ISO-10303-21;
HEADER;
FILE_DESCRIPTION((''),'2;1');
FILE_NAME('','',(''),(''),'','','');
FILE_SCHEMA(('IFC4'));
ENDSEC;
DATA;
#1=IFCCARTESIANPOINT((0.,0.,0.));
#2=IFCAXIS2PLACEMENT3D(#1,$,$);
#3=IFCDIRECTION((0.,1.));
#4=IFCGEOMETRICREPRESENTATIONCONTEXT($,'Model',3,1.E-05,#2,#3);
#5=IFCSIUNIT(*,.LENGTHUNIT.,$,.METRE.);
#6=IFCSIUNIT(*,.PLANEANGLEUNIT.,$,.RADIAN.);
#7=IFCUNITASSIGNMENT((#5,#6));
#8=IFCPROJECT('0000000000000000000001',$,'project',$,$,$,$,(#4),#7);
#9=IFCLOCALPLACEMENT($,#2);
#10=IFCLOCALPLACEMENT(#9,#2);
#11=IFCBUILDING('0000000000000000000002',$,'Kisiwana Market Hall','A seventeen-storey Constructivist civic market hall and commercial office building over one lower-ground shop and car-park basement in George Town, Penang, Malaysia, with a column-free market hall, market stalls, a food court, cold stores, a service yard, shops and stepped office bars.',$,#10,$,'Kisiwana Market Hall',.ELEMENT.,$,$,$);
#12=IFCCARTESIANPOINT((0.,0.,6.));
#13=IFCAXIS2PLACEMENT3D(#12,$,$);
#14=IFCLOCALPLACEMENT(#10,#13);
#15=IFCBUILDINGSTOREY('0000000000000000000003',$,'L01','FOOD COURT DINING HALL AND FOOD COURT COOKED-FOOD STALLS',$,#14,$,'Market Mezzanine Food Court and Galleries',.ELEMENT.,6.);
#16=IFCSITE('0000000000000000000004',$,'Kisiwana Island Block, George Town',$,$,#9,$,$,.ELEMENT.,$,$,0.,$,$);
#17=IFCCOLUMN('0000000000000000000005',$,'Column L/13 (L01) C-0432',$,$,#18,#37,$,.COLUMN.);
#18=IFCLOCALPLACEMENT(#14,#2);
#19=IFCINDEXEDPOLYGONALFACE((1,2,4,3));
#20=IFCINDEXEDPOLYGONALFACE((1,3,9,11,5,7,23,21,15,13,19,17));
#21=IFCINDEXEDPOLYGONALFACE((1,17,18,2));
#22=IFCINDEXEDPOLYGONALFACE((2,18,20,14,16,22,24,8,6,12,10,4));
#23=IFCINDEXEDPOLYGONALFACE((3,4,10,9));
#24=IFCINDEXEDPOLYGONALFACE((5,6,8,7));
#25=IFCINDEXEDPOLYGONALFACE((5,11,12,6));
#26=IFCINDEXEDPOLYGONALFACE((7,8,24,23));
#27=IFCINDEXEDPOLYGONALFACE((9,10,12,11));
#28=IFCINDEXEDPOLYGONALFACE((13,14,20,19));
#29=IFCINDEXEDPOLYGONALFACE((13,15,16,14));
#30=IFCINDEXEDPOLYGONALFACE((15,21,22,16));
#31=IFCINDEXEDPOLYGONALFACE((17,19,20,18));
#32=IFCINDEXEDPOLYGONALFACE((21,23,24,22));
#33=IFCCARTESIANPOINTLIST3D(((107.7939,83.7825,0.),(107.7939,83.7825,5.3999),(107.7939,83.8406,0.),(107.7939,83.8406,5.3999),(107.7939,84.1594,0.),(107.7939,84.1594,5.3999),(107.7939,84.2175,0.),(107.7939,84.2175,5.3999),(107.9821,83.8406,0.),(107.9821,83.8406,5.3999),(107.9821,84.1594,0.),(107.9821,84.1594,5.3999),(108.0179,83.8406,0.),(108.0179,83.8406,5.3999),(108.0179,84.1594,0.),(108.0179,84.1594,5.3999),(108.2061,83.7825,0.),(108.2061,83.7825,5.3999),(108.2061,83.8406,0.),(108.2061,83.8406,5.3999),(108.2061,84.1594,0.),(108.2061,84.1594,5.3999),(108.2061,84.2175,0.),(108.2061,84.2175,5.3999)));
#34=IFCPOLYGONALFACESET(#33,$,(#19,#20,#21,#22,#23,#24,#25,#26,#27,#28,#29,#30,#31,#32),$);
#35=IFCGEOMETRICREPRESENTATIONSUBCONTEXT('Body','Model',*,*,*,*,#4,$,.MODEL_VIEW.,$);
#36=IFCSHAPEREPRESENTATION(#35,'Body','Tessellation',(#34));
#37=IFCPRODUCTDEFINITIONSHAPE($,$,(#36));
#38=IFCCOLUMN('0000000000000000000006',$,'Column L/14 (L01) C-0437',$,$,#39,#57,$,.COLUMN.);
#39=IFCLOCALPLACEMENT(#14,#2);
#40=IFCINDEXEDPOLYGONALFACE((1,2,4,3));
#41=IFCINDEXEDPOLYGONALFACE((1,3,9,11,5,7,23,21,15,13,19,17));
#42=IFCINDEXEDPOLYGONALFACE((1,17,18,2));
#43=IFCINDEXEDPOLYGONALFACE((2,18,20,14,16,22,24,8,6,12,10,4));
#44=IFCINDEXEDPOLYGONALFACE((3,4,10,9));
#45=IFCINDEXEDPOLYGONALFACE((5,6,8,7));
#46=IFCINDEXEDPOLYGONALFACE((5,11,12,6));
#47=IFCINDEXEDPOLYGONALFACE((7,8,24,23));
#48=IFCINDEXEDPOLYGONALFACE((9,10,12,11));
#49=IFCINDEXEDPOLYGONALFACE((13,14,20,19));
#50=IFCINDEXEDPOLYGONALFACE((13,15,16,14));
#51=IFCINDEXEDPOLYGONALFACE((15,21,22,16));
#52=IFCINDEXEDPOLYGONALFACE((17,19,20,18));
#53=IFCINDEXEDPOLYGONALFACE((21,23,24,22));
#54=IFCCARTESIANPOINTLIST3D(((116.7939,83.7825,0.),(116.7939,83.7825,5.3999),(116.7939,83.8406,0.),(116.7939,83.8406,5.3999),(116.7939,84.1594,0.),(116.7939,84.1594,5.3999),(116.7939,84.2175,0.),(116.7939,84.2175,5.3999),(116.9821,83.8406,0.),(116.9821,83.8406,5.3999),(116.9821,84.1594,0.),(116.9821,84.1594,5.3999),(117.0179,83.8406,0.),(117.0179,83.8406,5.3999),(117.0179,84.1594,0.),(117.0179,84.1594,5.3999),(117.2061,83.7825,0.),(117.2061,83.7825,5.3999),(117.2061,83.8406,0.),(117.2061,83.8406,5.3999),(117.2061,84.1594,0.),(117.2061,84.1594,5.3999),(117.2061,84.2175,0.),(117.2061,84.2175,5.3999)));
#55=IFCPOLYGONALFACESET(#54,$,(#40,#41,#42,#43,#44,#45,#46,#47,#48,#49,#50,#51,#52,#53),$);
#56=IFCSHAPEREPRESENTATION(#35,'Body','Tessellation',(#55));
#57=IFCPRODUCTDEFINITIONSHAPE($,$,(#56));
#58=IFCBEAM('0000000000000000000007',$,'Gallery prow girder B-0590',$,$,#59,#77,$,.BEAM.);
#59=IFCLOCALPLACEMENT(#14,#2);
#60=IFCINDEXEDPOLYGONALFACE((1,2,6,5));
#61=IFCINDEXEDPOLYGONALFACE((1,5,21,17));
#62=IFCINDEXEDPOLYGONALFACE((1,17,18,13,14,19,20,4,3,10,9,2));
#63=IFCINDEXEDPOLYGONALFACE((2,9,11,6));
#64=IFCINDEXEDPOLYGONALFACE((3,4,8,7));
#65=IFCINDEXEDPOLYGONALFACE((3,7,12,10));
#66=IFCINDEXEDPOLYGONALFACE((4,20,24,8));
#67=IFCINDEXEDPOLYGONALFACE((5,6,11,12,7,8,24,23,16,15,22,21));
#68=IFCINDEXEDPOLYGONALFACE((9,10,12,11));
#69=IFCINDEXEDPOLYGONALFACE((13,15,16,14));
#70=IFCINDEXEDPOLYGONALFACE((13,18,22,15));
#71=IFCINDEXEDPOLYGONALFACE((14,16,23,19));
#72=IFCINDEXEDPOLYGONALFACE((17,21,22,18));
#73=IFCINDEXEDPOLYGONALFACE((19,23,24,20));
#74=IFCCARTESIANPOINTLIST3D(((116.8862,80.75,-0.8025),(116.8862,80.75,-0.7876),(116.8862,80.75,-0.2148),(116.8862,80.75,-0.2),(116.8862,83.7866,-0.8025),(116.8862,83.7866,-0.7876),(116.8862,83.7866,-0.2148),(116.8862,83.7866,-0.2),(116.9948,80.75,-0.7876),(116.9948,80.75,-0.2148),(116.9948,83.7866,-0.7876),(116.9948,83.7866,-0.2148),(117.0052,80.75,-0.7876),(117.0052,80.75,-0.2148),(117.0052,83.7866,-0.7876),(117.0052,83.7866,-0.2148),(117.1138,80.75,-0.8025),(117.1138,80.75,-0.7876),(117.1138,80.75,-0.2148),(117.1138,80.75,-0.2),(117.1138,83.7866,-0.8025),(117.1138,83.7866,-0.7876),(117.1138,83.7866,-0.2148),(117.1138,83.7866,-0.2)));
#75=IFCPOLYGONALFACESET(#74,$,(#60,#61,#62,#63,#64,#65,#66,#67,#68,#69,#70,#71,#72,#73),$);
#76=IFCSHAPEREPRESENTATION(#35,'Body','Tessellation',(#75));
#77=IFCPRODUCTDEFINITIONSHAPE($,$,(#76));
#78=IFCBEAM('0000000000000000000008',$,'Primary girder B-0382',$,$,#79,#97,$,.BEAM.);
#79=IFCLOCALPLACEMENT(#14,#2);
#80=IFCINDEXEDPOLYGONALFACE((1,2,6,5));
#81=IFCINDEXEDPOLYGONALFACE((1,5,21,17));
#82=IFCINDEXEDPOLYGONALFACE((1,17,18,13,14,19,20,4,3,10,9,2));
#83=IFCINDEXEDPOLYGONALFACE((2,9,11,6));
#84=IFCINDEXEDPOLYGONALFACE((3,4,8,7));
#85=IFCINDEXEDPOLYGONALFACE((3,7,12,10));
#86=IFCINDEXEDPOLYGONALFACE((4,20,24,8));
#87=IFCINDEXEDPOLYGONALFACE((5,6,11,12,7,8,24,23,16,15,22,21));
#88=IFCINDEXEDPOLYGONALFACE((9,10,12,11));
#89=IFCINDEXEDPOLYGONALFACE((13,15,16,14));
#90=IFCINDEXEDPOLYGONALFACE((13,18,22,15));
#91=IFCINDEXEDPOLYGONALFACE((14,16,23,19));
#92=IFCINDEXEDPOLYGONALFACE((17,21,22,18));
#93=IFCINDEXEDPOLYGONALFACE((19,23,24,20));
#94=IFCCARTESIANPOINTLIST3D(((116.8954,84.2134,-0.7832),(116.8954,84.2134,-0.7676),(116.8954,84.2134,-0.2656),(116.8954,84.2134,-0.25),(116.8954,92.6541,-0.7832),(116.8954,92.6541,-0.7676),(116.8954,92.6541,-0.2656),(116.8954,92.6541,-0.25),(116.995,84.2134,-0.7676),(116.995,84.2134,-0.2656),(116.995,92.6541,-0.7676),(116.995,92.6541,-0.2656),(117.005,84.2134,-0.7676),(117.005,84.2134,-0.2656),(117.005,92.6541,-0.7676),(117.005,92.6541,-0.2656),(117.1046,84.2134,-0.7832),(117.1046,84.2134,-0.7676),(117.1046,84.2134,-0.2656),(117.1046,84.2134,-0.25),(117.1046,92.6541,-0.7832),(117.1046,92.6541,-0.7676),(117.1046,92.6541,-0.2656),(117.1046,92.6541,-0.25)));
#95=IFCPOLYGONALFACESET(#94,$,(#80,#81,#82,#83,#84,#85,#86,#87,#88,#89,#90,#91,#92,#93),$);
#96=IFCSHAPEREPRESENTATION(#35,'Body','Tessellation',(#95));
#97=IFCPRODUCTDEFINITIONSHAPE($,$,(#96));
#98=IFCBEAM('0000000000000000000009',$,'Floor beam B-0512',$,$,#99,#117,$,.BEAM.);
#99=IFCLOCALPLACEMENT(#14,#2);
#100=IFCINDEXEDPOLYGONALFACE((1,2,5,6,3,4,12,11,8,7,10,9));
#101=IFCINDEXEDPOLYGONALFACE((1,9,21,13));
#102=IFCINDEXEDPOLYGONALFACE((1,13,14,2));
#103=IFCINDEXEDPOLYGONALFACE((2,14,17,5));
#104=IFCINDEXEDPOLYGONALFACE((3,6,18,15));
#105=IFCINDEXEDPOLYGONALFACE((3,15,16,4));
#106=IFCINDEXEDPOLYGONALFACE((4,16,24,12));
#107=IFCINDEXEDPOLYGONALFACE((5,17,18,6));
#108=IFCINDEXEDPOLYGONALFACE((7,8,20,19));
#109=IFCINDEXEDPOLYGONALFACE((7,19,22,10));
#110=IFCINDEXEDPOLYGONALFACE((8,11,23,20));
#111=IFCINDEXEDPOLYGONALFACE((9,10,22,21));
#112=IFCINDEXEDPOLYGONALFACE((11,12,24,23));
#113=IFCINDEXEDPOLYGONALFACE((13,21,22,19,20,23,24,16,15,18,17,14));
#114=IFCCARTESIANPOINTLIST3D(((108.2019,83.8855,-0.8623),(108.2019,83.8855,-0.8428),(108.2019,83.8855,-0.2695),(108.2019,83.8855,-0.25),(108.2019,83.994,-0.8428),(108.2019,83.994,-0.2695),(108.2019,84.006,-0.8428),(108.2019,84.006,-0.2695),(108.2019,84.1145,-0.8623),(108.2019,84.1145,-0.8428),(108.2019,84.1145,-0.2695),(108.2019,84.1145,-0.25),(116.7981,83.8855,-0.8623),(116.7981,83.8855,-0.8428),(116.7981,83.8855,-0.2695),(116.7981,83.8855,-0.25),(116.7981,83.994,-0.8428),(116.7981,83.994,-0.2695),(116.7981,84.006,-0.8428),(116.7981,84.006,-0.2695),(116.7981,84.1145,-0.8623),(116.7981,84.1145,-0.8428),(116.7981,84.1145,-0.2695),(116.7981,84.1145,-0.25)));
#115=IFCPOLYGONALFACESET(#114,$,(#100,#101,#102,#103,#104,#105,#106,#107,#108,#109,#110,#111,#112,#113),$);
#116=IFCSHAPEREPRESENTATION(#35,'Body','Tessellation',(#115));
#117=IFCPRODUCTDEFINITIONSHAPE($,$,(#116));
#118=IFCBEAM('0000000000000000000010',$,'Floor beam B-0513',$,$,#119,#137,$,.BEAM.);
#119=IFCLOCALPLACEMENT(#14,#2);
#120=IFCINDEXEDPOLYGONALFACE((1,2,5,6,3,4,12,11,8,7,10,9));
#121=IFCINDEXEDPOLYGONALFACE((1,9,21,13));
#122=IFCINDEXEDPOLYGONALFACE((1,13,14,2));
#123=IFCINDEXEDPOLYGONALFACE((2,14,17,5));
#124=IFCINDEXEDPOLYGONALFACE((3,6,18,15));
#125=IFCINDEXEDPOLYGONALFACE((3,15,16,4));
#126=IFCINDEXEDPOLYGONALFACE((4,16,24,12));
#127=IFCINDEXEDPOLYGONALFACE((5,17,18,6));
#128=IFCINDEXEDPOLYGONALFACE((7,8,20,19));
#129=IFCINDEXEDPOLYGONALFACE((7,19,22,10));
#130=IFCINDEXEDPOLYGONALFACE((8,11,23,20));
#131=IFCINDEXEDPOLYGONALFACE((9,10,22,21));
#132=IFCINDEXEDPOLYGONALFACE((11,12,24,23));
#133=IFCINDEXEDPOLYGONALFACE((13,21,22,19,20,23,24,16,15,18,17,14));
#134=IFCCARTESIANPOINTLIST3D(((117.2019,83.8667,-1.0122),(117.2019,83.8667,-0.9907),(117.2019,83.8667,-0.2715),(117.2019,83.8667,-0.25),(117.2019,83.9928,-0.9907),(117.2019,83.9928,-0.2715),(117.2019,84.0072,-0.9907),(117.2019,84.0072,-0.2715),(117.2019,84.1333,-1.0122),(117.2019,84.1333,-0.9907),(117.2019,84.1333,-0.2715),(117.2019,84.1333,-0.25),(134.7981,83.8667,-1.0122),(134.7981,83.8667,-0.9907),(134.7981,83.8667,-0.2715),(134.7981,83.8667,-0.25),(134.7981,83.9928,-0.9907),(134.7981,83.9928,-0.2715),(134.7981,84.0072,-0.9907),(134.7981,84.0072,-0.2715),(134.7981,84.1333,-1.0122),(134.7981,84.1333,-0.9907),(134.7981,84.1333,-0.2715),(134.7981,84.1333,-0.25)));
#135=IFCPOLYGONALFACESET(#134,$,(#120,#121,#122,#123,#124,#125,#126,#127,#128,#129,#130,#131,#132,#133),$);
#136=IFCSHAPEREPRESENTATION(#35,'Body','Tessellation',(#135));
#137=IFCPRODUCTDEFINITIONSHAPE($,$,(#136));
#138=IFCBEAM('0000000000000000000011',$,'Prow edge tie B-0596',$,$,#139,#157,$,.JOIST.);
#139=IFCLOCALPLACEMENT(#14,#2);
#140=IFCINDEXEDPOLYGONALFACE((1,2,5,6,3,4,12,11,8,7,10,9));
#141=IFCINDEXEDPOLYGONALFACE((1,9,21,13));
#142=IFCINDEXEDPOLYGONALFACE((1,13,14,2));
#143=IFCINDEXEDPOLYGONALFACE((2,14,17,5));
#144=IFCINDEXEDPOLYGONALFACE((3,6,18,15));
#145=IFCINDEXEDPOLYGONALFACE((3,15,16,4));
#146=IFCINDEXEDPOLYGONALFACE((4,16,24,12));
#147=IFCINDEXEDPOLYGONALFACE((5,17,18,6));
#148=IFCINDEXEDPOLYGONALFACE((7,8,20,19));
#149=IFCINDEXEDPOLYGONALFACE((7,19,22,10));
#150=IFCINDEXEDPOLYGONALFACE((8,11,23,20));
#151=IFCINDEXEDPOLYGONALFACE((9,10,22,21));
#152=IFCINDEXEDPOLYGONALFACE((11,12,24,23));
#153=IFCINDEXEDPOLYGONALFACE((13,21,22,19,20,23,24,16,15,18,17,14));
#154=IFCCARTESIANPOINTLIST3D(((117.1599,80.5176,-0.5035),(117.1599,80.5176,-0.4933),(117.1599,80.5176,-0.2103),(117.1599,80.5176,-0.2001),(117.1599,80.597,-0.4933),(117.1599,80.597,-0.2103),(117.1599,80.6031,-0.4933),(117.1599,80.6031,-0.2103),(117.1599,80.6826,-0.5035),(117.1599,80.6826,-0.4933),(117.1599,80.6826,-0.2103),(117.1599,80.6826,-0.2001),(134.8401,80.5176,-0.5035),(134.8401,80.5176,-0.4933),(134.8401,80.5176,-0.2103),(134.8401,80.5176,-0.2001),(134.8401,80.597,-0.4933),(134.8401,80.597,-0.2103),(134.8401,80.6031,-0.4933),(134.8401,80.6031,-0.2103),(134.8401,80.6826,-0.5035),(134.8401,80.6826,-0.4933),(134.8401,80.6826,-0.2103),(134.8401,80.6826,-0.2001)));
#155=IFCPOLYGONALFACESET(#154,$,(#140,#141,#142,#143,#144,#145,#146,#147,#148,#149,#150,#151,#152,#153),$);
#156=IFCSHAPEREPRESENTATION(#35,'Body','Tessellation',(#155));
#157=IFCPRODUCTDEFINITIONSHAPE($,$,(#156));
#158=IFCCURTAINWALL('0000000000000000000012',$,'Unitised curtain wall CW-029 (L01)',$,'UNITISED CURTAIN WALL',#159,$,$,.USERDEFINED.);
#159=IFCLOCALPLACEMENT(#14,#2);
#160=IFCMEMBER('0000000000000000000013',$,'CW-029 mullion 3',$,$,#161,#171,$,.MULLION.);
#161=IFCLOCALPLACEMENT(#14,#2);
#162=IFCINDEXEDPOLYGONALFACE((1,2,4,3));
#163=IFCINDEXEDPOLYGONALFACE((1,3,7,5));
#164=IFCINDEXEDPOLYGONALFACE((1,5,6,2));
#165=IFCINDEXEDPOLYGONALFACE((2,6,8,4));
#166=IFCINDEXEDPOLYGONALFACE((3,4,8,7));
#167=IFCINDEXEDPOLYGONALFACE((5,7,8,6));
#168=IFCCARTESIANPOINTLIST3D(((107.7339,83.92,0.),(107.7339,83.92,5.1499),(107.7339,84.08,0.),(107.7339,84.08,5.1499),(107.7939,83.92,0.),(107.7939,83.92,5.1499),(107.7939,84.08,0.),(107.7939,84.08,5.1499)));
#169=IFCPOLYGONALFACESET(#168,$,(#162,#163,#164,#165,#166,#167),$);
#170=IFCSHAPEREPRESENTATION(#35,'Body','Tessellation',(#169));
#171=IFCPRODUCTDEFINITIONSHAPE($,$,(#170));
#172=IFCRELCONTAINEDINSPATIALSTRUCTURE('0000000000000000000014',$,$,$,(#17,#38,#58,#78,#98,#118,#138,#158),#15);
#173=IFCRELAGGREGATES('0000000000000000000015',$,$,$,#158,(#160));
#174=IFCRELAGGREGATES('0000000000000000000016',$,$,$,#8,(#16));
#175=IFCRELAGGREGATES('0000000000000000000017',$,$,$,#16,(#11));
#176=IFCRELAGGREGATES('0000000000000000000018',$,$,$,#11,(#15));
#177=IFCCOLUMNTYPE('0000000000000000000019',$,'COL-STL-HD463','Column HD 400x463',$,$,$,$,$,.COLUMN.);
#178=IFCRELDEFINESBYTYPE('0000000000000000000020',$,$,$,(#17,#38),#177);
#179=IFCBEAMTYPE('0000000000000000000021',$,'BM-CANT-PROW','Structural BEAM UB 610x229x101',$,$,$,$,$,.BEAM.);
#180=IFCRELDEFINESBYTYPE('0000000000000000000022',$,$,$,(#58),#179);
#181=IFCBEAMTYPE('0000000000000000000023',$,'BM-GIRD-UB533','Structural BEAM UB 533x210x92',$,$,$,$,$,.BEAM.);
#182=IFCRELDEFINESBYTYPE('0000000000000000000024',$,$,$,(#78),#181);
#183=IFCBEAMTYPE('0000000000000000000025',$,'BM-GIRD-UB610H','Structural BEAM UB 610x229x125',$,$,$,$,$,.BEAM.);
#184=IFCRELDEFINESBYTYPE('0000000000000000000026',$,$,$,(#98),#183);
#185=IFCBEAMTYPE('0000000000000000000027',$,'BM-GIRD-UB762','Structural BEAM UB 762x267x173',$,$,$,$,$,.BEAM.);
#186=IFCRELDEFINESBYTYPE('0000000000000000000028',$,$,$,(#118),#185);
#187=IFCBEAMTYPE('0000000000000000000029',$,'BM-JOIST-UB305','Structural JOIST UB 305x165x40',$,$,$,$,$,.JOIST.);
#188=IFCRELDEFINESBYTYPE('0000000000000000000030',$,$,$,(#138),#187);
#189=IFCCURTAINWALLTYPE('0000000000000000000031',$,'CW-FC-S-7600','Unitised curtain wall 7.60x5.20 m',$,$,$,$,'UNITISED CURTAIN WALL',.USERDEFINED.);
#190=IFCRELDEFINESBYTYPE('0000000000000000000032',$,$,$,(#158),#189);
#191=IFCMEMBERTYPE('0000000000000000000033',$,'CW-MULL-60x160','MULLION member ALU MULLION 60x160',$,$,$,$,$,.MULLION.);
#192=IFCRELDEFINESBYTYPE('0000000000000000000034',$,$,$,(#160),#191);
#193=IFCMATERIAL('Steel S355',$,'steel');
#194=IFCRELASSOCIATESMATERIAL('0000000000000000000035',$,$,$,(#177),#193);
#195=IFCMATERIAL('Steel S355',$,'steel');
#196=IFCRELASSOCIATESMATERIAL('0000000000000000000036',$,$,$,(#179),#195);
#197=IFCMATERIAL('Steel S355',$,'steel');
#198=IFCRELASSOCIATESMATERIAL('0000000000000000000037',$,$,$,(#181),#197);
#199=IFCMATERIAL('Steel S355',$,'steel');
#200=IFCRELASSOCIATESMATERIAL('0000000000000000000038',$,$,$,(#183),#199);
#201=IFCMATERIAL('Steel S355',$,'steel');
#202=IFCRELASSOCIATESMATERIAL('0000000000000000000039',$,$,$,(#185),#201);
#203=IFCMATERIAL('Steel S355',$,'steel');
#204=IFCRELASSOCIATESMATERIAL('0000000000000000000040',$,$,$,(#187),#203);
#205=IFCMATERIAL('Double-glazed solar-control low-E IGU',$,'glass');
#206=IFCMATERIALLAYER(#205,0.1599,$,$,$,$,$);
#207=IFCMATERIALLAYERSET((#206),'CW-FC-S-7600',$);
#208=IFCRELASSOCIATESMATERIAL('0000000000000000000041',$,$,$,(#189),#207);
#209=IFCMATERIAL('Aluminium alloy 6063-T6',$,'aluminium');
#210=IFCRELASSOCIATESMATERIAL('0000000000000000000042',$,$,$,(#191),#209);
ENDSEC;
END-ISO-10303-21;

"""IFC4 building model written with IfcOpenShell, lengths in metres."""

from ifc_helpers import new_model, si_unit, direction, frame, origin, origin_2d, place, context, subcontext, project, spatial, rectangle, i_section, extrude, material, layer, layer_set, material_profile, profile_set, type_object, element, aggregate, save


model = new_model("IFC4")

# Units and contexts
model_context = context("Model", 3, precision=1e-05, world=origin(), true_north=direction((0.0, 1.0)))
body_context = subcontext(model_context, "Body", "Model", "MODEL_VIEW")
ifc_project = project(units=[si_unit("LENGTHUNIT", "METRE"), si_unit("PLANEANGLEUNIT", "RADIAN")], contexts=[model_context])

# Site, building, storey
site_placement = place(None, origin())
site = spatial("IfcSite", under=ifc_project, at=site_placement, Name="Kisiwana Island Block, George Town", CompositionType="ELEMENT", RefElevation=0.0)
building_placement = place(site_placement, origin())
building = spatial("IfcBuilding", under=site, at=building_placement, Name="Kisiwana Market Hall", Description="A seventeen-storey Constructivist civic market hall and commercial office building over one lower-ground shop and car-park basement in George Town, Penang, Malaysia, with a column-free market hall, market stalls, a food court, cold stores, a service yard, shops and stepped office bars.", LongName="Kisiwana Market Hall", CompositionType="ELEMENT")
storey_placement = place(building_placement, frame((0.0, 0.0, 6.0)))
storey = spatial("IfcBuildingStorey", under=building, at=storey_placement, Name="L01", Description="FOOD COURT DINING HALL AND FOOD COURT COOKED-FOOD STALLS", LongName="Market Mezzanine Food Court and Galleries", CompositionType="ELEMENT", Elevation=6.0)

# Columns
ifc_material_1 = material(Name="Steel S355", Category="steel")
ifc_material_profile_1 = material_profile(ifc_material_1, i_section(OverallWidth=0.4121, OverallDepth=0.4351, WebThickness=0.0359, FlangeThickness=0.0581, at=origin_2d()), Name="HD 400x463")
ifc_profile_set_1 = profile_set([ifc_material_profile_1], Name="Steel S355")
column_type = type_object("IfcColumnType", Name="COL-STL-HD463", Description="Column HD 400x463", PredefinedType="COLUMN", material=ifc_profile_set_1)
for number, where, z_axis, x_axis, name in (
    (1, (108.0, 84.0, 0.0), (0.0, 0.0, 1.0), (1.0, 0.0, 0.0), "Column L/13 (L01) C-0432"),
    (2, (117.0, 84.0, 0.0), (0.0, 0.0, 1.0), (1.0, 0.0, 0.0), "Column L/14 (L01) C-0437"),
):
    element("IfcColumn", number, at=place(storey_placement, frame(where, z_axis=z_axis, x_axis=x_axis)), inside=storey, type_object=column_type, Name=name, PredefinedType="COLUMN", context=body_context, shape_type="SweptSolid", body=[
        extrude(i_section(OverallWidth=0.4121, OverallDepth=0.4351, WebThickness=0.0359, FlangeThickness=0.0581, at=origin_2d()), origin(), (0.0, 0.0, 1.0), 5.3999),
    ])

# Beams
ifc_material_2 = material(Name="Steel S355", Category="steel")
ifc_material_profile_2 = material_profile(ifc_material_2, i_section(OverallWidth=0.2275, OverallDepth=0.6025, WebThickness=0.0105, FlangeThickness=0.0149, at=origin_2d()), Name="UB 610x229x101")
ifc_profile_set_2 = profile_set([ifc_material_profile_2], Name="Steel S355")
beam_type_1 = type_object("IfcBeamType", Name="BM-CANT-PROW", Description="Structural BEAM UB 610x229x101", PredefinedType="BEAM", material=ifc_profile_set_2)
beam_1_placement = place(storey_placement, frame((117.0, 83.7866, -0.5012), z_axis=(0.0, -1.0, 0.0), x_axis=(1.0, 0.0, 0.0)))
element("IfcBeam", 3, at=beam_1_placement, inside=storey, type_object=beam_type_1, Name="Gallery prow girder B-0590", PredefinedType="BEAM", context=body_context, shape_type="SweptSolid", body=[
    extrude(i_section(OverallWidth=0.2275, OverallDepth=0.6025, WebThickness=0.0105, FlangeThickness=0.0149, at=origin_2d()), origin(), (0.0, 0.0, 1.0), 3.0366),
])
ifc_material_3 = material(Name="Steel S355", Category="steel")
ifc_material_profile_3 = material_profile(ifc_material_3, i_section(OverallWidth=0.2092, OverallDepth=0.5332, WebThickness=0.01, FlangeThickness=0.0156, at=origin_2d()), Name="UB 533x210x92")
ifc_profile_set_3 = profile_set([ifc_material_profile_3], Name="Steel S355")
beam_type_2 = type_object("IfcBeamType", Name="BM-GIRD-UB533", Description="Structural BEAM UB 533x210x92", PredefinedType="BEAM", material=ifc_profile_set_3)
beam_2_placement = place(storey_placement, frame((117.0, 84.2134, -0.5166), z_axis=(0.0, 1.0, 0.0), x_axis=(-1.0, 0.0, 0.0)))
element("IfcBeam", 4, at=beam_2_placement, inside=storey, type_object=beam_type_2, Name="Primary girder B-0382", PredefinedType="BEAM", context=body_context, shape_type="SweptSolid", body=[
    extrude(i_section(OverallWidth=0.2092, OverallDepth=0.5332, WebThickness=0.01, FlangeThickness=0.0156, at=origin_2d()), origin(), (0.0, 0.0, 1.0), 8.4407),
])
ifc_material_4 = material(Name="Steel S355", Category="steel")
ifc_material_profile_4 = material_profile(ifc_material_4, i_section(OverallWidth=0.229, OverallDepth=0.6123, WebThickness=0.012, FlangeThickness=0.0195, at=origin_2d()), Name="UB 610x229x125")
ifc_profile_set_4 = profile_set([ifc_material_profile_4], Name="Steel S355")
beam_type_3 = type_object("IfcBeamType", Name="BM-GIRD-UB610H", Description="Structural BEAM UB 610x229x125", PredefinedType="BEAM", material=ifc_profile_set_4)
beam_3_placement = place(storey_placement, frame((108.2019, 84.0, -0.5562), z_axis=(1.0, 0.0, 0.0), x_axis=(0.0, 1.0, 0.0)))
element("IfcBeam", 5, at=beam_3_placement, inside=storey, type_object=beam_type_3, Name="Floor beam B-0512", PredefinedType="BEAM", context=body_context, shape_type="SweptSolid", body=[
    extrude(i_section(OverallWidth=0.229, OverallDepth=0.6123, WebThickness=0.012, FlangeThickness=0.0195, at=origin_2d()), origin(), (0.0, 0.0, 1.0), 8.5962),
])
ifc_material_5 = material(Name="Steel S355", Category="steel")
ifc_material_profile_5 = material_profile(ifc_material_5, i_section(OverallWidth=0.2666, OverallDepth=0.7622, WebThickness=0.0144, FlangeThickness=0.0215, at=origin_2d()), Name="UB 762x267x173")
ifc_profile_set_5 = profile_set([ifc_material_profile_5], Name="Steel S355")
beam_type_4 = type_object("IfcBeamType", Name="BM-GIRD-UB762", Description="Structural BEAM UB 762x267x173", PredefinedType="BEAM", material=ifc_profile_set_5)
beam_4_placement = place(storey_placement, frame((117.2019, 84.0, -0.6311), z_axis=(1.0, 0.0, 0.0), x_axis=(0.0, 1.0, 0.0)))
element("IfcBeam", 6, at=beam_4_placement, inside=storey, type_object=beam_type_4, Name="Floor beam B-0513", PredefinedType="BEAM", context=body_context, shape_type="SweptSolid", body=[
    extrude(i_section(OverallWidth=0.2666, OverallDepth=0.7622, WebThickness=0.0144, FlangeThickness=0.0215, at=origin_2d()), origin(), (0.0, 0.0, 1.0), 17.5962),
])
ifc_material_6 = material(Name="Steel S355", Category="steel")
ifc_material_profile_6 = material_profile(ifc_material_6, i_section(OverallWidth=0.165, OverallDepth=0.3035, WebThickness=0.0061, FlangeThickness=0.0103, at=origin_2d()), Name="UB 305x165x40")
ifc_profile_set_6 = profile_set([ifc_material_profile_6], Name="Steel S355")
beam_type_5 = type_object("IfcBeamType", Name="BM-JOIST-UB305", Description="Structural JOIST UB 305x165x40", PredefinedType="JOIST", material=ifc_profile_set_6)
beam_5_placement = place(storey_placement, frame((117.1599, 80.6001, -0.3518), z_axis=(1.0, 0.0, 0.0), x_axis=(0.0, 1.0, 0.0)))
element("IfcBeam", 7, at=beam_5_placement, inside=storey, type_object=beam_type_5, Name="Prow edge tie B-0596", PredefinedType="JOIST", context=body_context, shape_type="SweptSolid", body=[
    extrude(i_section(OverallWidth=0.165, OverallDepth=0.3035, WebThickness=0.0061, FlangeThickness=0.0103, at=origin_2d()), origin(), (0.0, 0.0, 1.0), 17.6802),
])

# Curtain wall, member
ifc_material_7 = material(Name="Double-glazed solar-control low-E IGU", Category="glass")
ifc_layer_1 = layer(ifc_material_7, 0.1599)
ifc_layer_set_1 = layer_set([ifc_layer_1], Name="CW-FC-S-7600")
curtain_wall_type = type_object("IfcCurtainWallType", Name="CW-FC-S-7600", Description="Unitised curtain wall 7.60x5.20 m", ElementType="UNITISED CURTAIN WALL", PredefinedType="USERDEFINED", material=ifc_layer_set_1)
curtain_wall_1_placement = place(storey_placement, origin())
curtain_wall_1 = element("IfcCurtainWall", 8, at=curtain_wall_1_placement, inside=storey, type_object=curtain_wall_type, Name="Unitised curtain wall CW-029 (L01)", ObjectType="UNITISED CURTAIN WALL", PredefinedType="USERDEFINED")
ifc_material_8 = material(Name="Aluminium alloy 6063-T6", Category="aluminium")
ifc_material_profile_7 = material_profile(ifc_material_8, rectangle(XDim=0.0601, YDim=0.1599, at=origin_2d()), Name="ALU MULLION 60x160")
ifc_profile_set_7 = profile_set([ifc_material_profile_7], Name="Aluminium alloy 6063-T6")
member_type_1 = type_object("IfcMemberType", Name="CW-MULL-60x160", Description="MULLION member ALU MULLION 60x160", PredefinedType="MULLION", material=ifc_profile_set_7)
member_1_placement = place(storey_placement, frame((107.7639, 84.0, 0.0), z_axis=(0.0, 0.0, 1.0), x_axis=(1.0, 0.0, 0.0)))
member_1 = element("IfcMember", 9, at=member_1_placement, type_object=member_type_1, Name="CW-029 mullion 3", PredefinedType="MULLION", context=body_context, shape_type="SweptSolid", body=[
    extrude(rectangle(XDim=0.0601, YDim=0.1599, at=origin_2d()), origin(), (0.0, 0.0, 1.0), 5.1499),
])

aggregate(curtain_wall_1, [member_1])

save(model, "model.ifc")
